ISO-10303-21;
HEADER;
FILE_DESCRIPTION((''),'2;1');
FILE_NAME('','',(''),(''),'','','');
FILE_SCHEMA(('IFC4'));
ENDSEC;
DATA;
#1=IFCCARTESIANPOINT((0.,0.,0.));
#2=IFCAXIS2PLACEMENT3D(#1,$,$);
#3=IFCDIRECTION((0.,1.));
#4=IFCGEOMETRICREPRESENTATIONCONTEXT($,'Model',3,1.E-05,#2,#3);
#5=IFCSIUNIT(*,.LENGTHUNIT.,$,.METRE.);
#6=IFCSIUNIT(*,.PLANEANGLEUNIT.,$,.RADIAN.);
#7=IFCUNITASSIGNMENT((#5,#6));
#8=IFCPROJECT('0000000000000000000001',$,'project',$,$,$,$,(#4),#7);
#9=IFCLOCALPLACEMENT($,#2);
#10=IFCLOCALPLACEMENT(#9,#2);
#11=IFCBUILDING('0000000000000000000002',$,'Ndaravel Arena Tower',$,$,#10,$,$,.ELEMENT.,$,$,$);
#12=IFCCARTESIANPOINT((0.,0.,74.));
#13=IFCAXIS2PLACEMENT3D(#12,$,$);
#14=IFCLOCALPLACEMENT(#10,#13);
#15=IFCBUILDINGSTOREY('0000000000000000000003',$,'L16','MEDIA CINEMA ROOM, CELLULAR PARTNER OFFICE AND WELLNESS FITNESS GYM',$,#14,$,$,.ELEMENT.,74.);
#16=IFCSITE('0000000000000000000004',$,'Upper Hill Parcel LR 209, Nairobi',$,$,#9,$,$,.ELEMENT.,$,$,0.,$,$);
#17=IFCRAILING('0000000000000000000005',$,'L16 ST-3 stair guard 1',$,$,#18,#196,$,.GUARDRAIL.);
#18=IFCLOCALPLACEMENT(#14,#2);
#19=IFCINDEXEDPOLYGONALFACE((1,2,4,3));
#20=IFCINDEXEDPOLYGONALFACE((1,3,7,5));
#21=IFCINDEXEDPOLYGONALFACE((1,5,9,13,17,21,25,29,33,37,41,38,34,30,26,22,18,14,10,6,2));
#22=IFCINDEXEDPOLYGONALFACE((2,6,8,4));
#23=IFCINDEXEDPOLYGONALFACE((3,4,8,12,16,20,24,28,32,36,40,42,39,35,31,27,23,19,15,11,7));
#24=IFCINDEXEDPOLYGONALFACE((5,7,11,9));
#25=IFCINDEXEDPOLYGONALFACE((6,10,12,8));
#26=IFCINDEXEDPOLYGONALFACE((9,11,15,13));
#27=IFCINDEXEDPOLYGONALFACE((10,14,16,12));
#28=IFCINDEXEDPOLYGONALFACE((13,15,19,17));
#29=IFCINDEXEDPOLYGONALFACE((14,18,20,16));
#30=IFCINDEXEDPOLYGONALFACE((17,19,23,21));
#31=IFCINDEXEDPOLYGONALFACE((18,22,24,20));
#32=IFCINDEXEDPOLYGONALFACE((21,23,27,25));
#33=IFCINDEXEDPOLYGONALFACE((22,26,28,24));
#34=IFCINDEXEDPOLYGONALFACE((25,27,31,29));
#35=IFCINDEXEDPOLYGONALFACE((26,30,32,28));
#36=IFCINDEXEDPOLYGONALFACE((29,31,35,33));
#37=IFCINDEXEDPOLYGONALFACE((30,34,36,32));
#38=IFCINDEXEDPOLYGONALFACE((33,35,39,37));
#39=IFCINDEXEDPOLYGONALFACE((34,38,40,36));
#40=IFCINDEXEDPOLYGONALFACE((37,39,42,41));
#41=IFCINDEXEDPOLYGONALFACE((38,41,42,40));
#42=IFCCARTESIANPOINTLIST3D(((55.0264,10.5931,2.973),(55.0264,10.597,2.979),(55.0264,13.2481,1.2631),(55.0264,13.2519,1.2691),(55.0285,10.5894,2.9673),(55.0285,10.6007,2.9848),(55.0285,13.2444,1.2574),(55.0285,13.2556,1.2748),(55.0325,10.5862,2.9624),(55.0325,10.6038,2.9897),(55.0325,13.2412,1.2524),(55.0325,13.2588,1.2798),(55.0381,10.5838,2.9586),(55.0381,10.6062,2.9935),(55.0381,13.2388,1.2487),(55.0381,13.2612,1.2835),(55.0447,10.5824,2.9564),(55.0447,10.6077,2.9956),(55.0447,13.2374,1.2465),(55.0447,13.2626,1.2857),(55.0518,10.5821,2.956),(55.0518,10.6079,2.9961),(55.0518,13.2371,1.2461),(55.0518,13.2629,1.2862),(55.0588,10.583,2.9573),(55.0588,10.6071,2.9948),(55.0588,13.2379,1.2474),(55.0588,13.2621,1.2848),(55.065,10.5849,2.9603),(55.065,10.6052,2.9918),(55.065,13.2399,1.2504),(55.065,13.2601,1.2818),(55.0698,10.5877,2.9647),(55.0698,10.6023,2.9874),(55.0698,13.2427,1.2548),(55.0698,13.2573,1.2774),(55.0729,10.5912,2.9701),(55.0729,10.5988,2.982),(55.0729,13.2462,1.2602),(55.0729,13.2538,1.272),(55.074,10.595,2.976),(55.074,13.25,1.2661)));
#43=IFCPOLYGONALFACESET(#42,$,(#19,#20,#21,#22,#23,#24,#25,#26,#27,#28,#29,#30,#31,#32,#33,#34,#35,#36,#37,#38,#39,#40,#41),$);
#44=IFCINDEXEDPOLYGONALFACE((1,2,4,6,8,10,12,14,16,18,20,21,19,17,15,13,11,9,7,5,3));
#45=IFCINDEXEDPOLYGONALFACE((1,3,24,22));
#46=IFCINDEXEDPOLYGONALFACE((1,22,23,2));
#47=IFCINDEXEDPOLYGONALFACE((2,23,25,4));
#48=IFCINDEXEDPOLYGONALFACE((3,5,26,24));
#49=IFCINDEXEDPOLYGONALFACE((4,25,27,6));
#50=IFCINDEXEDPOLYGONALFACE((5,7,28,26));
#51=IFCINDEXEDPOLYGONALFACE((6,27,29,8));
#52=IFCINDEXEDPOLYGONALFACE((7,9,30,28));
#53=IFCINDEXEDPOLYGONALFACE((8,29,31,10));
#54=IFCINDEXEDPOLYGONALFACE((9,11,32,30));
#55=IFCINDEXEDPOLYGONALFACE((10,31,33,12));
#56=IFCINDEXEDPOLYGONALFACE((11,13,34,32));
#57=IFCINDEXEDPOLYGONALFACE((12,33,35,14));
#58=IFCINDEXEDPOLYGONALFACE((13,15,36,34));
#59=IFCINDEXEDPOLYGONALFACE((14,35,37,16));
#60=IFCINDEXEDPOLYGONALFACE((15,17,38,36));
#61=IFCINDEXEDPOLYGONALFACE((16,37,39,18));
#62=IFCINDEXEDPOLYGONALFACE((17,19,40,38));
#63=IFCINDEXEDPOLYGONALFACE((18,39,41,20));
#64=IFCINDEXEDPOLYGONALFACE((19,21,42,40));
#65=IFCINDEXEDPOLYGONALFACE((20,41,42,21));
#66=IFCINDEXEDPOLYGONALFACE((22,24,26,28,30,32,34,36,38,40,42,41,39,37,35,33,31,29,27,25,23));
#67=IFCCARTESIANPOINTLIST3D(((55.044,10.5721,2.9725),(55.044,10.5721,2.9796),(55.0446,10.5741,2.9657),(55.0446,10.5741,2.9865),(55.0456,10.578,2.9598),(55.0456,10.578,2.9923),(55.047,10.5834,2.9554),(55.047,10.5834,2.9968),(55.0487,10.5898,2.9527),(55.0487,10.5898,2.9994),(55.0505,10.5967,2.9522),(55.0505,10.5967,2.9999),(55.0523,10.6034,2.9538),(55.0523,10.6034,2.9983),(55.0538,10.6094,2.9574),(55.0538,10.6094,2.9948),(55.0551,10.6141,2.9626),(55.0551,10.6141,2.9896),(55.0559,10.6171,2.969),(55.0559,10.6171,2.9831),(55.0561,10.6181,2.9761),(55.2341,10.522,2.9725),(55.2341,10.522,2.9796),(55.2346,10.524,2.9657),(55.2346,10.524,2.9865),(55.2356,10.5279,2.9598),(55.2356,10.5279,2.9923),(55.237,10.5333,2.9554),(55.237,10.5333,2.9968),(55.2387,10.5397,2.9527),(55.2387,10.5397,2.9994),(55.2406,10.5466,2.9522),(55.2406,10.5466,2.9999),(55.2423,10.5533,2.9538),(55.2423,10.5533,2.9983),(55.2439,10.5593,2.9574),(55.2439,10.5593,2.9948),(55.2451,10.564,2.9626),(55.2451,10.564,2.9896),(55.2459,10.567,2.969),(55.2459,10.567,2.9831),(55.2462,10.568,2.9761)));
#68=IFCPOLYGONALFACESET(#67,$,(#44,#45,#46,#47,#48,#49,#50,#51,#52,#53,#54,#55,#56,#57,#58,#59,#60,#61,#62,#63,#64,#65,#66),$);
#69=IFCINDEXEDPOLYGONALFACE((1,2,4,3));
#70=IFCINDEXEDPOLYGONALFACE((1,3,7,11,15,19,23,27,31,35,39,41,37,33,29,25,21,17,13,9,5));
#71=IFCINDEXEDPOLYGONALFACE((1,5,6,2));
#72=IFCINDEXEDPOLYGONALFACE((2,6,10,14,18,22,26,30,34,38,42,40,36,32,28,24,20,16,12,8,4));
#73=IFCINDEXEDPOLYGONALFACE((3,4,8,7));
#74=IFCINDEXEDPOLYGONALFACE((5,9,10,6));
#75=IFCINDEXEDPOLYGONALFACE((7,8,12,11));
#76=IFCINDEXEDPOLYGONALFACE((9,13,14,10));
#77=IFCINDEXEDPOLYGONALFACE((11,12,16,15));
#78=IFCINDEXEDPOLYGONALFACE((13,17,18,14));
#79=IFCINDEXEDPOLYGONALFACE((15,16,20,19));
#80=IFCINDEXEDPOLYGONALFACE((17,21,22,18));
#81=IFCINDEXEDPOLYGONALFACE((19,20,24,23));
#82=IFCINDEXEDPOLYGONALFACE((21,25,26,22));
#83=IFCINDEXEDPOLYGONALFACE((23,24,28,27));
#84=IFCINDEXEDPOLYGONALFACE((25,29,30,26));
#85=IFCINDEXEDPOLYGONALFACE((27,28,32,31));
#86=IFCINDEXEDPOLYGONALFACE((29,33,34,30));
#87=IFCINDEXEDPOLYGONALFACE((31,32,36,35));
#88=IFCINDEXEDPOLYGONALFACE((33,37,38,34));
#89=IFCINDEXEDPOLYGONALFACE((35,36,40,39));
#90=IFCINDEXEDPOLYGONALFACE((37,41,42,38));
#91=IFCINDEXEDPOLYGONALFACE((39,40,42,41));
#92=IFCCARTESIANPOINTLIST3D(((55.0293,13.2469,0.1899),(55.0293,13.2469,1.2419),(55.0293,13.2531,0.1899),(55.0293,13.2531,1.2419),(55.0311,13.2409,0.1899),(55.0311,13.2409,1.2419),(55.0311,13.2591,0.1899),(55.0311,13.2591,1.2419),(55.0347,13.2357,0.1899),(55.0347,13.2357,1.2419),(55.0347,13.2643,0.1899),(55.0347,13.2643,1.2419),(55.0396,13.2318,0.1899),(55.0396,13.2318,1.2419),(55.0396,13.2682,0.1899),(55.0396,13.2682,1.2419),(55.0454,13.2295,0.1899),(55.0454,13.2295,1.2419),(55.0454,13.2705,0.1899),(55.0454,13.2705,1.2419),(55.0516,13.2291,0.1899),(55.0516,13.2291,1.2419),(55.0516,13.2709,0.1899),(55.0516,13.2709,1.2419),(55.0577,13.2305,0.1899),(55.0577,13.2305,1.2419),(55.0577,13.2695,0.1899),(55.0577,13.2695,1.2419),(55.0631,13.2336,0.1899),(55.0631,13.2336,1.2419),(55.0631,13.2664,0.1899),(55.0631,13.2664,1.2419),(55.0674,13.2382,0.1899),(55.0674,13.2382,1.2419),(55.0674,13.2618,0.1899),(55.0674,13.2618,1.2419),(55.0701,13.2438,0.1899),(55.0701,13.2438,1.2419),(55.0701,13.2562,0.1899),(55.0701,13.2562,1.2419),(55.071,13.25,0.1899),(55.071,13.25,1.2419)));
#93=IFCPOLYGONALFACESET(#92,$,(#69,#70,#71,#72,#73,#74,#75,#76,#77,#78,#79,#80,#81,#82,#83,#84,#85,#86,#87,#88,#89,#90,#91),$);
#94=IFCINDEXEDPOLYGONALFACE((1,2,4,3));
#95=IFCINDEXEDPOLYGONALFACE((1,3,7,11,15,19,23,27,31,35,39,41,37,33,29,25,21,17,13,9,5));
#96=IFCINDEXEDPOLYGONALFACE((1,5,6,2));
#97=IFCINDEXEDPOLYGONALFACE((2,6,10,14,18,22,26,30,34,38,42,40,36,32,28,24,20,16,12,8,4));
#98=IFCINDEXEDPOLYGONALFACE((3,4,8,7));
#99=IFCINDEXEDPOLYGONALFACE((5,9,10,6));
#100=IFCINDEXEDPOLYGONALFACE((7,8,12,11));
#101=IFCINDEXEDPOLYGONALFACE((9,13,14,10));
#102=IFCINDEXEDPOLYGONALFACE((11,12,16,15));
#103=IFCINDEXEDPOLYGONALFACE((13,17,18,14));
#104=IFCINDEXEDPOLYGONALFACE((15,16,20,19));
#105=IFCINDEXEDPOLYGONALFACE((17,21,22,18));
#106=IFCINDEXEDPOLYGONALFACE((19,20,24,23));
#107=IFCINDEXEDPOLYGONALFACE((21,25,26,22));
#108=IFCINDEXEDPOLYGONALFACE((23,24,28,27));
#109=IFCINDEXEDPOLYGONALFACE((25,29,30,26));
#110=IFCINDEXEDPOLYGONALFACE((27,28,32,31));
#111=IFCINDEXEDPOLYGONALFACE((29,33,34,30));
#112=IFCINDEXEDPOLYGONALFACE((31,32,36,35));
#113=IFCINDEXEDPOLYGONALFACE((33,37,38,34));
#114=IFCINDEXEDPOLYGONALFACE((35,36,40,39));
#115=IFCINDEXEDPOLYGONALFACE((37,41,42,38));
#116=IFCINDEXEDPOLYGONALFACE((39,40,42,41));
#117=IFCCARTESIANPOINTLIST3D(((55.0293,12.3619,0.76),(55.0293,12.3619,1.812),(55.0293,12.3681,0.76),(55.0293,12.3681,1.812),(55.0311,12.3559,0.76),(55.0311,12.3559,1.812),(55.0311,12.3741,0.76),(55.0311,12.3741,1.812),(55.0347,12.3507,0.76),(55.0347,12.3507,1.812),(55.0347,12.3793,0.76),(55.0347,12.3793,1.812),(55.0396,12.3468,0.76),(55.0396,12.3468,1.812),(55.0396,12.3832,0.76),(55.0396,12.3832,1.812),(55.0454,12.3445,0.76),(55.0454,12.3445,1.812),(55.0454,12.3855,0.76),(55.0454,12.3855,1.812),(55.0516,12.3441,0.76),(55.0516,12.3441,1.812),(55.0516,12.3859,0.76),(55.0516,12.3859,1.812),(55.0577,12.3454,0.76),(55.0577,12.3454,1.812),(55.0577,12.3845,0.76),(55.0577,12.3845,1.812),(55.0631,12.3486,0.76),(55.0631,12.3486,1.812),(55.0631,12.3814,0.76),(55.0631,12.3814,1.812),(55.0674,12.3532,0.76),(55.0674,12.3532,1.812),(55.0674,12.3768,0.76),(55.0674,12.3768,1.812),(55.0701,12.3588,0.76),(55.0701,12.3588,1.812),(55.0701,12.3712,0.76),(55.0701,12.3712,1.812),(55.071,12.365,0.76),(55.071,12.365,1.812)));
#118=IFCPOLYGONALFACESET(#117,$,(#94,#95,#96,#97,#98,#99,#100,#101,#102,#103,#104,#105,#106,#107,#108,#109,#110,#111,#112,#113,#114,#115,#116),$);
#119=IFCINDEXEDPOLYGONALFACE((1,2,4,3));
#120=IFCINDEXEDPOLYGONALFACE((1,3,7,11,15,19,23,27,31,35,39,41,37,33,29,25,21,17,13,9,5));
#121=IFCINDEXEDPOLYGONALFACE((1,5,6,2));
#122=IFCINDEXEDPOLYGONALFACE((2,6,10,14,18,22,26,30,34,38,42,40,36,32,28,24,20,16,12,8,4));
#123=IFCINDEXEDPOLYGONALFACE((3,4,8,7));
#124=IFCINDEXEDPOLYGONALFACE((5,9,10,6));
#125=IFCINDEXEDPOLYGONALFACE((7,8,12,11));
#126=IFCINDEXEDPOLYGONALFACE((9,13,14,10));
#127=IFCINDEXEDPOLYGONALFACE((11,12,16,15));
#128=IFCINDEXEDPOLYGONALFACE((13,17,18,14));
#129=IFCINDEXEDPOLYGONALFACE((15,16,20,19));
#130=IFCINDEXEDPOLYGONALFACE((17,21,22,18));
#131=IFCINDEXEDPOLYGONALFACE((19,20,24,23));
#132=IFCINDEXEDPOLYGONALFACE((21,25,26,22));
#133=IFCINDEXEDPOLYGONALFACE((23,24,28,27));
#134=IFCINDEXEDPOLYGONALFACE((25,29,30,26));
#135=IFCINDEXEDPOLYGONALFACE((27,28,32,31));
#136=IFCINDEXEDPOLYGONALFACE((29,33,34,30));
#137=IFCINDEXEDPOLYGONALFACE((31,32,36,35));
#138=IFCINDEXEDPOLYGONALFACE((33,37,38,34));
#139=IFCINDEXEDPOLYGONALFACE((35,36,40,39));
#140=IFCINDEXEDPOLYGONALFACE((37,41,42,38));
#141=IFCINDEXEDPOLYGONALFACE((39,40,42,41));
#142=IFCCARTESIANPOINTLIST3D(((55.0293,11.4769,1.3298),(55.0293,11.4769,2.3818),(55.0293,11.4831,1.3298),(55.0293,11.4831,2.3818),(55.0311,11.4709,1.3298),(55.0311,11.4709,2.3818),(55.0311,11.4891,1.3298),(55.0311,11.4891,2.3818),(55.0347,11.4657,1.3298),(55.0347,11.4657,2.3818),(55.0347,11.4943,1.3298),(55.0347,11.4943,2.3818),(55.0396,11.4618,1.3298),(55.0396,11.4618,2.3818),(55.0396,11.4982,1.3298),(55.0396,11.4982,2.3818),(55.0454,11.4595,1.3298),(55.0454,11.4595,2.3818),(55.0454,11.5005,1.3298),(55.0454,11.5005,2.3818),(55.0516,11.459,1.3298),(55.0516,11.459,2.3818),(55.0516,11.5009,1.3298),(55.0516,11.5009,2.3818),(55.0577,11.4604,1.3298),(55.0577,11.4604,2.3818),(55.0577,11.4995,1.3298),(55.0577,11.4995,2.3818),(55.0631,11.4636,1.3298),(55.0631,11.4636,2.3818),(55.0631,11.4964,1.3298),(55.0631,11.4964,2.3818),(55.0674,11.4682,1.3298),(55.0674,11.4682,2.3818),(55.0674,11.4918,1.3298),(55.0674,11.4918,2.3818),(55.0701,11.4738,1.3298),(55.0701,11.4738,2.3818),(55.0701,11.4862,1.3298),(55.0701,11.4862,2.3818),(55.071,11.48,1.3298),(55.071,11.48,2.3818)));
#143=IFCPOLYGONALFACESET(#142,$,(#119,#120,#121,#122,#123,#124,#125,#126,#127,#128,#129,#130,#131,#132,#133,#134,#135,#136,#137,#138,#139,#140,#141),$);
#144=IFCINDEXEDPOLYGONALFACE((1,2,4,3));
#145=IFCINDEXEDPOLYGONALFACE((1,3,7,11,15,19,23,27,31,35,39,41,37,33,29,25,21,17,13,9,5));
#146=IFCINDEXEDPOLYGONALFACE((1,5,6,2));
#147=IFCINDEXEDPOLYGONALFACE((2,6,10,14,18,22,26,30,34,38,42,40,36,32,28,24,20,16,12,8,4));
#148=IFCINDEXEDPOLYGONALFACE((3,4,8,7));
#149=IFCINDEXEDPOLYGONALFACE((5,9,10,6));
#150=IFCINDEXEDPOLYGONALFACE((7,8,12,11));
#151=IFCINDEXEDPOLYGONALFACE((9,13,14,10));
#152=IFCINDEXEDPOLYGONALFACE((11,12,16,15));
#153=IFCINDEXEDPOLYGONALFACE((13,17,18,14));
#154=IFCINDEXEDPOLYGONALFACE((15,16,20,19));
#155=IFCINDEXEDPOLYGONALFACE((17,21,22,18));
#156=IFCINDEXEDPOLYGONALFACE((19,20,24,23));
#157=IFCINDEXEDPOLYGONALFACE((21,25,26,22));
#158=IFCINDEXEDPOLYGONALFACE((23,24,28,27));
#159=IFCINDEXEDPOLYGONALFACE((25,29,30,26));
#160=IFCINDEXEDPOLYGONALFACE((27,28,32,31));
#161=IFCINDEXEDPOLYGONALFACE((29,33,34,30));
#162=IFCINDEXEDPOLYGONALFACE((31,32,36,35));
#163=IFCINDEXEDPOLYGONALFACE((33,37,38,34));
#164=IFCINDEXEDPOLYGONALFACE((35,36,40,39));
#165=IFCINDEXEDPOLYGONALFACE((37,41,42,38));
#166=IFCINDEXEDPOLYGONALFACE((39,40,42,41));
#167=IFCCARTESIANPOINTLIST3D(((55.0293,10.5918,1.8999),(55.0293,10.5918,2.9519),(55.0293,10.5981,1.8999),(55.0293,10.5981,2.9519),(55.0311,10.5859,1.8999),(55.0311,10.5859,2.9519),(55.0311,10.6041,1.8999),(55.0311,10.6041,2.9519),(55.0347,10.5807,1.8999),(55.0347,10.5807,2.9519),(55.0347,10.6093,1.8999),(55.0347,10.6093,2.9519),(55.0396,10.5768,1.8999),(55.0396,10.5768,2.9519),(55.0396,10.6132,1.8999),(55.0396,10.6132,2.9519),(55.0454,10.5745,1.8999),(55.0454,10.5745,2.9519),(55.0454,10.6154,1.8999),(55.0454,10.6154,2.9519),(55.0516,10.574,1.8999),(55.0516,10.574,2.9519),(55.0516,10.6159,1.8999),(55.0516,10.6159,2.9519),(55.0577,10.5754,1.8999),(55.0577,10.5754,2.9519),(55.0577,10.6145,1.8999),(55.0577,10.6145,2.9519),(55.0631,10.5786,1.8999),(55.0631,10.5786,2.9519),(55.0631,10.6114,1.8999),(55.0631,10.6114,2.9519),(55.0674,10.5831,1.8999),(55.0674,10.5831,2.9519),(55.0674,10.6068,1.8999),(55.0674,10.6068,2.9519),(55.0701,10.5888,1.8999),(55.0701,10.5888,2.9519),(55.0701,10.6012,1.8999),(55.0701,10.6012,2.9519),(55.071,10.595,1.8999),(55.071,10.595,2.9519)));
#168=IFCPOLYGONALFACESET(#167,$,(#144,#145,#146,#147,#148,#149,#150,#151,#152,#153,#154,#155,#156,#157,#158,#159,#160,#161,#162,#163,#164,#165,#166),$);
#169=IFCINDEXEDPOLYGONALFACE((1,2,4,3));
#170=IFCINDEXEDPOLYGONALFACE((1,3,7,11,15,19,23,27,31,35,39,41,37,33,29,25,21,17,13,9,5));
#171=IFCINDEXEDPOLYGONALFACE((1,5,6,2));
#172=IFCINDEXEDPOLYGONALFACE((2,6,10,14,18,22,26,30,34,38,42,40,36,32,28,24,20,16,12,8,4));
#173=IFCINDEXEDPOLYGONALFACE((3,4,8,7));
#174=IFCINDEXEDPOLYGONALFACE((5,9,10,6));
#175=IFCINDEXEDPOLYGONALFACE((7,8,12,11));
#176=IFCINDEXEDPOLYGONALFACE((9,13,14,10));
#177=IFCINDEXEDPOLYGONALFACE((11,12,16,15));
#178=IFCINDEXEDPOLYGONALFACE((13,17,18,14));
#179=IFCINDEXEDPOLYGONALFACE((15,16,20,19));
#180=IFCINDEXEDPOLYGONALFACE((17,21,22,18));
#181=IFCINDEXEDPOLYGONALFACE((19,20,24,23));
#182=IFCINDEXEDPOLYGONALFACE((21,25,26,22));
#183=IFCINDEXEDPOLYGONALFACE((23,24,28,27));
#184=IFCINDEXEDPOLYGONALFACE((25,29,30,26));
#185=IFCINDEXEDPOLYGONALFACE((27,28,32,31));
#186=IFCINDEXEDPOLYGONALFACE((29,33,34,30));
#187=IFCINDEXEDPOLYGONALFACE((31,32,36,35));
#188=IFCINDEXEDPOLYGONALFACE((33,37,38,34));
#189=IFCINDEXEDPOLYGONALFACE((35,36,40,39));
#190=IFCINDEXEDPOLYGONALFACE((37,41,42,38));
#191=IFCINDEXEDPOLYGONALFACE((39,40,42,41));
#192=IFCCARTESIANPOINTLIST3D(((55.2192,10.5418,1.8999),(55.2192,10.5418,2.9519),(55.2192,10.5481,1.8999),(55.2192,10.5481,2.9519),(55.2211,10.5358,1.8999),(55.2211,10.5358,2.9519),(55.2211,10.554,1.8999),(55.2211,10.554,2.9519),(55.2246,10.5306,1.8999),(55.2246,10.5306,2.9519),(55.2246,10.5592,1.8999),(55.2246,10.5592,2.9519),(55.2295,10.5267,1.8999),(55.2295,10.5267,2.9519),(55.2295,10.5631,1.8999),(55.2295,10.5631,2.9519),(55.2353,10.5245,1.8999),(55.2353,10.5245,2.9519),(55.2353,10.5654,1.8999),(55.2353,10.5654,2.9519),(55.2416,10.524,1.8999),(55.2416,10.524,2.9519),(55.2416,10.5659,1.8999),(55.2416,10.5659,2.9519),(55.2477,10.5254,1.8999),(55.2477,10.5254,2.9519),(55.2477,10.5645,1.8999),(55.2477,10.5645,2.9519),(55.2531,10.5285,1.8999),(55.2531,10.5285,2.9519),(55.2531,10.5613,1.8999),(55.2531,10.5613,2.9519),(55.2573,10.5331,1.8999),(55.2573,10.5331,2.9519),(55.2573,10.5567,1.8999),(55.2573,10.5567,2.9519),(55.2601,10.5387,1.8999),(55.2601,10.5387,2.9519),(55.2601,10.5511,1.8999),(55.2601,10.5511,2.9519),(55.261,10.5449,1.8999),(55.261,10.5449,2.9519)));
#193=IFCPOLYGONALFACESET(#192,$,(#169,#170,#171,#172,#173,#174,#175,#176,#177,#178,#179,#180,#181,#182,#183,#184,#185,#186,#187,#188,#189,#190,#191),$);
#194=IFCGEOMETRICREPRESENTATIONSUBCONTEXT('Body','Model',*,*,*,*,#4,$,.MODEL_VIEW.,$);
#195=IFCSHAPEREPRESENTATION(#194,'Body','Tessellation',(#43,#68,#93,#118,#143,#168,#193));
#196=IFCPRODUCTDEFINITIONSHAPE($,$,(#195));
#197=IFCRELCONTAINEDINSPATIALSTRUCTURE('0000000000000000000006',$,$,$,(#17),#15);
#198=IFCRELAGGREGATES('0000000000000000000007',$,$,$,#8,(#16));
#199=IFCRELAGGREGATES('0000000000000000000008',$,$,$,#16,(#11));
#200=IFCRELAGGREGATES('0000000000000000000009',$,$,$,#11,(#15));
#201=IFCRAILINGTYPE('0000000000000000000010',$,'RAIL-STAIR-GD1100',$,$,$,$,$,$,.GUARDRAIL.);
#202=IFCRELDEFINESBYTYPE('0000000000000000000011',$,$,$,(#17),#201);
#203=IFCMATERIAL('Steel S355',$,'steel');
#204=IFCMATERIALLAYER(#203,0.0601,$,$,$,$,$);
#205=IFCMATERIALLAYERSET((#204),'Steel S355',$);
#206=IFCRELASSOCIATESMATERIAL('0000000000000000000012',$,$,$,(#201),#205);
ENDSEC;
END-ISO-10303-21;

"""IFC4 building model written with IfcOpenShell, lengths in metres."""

from ifc_helpers import new_model, si_unit, direction, frame, origin, origin_2d, place, context, subcontext, project, spatial, circle, extrude, material, layer, layer_set, type_object, element, save


model = new_model("IFC4")

# Units and contexts
model_context = context("Model", 3, precision=1e-05, world=origin(), true_north=direction((0.0, 1.0)))
body_context = subcontext(model_context, "Body", "Model", "MODEL_VIEW")
ifc_project = project(units=[si_unit("LENGTHUNIT", "METRE"), si_unit("PLANEANGLEUNIT", "RADIAN")], contexts=[model_context])

# Site, building, storey
site_placement = place(None, origin())
site = spatial("IfcSite", under=ifc_project, at=site_placement, Name="Upper Hill Parcel LR 209, Nairobi", CompositionType="ELEMENT", RefElevation=0.0)
building_placement = place(site_placement, origin())
building = spatial("IfcBuilding", under=site, at=building_placement, Name="Ndaravel Arena Tower", CompositionType="ELEMENT")
storey_placement = place(building_placement, frame((0.0, 0.0, 74.0)))
storey = spatial("IfcBuildingStorey", under=building, at=storey_placement, Name="L16", Description="MEDIA CINEMA ROOM, CELLULAR PARTNER OFFICE AND WELLNESS FITNESS GYM", CompositionType="ELEMENT", Elevation=74.0)

# Railing
ifc_material_1 = material(Name="Steel S355", Category="steel")
ifc_layer_1 = layer(ifc_material_1, 0.0601)
ifc_layer_set_1 = layer_set([ifc_layer_1], Name="Steel S355")
railing_type_1 = type_object("IfcRailingType", Name="RAIL-STAIR-GD1100", PredefinedType="GUARDRAIL", material=ifc_layer_set_1)
railing_1_placement = place(storey_placement, frame((55.05, 13.25, 0.1899)))
element("IfcRailing", 1, at=railing_1_placement, inside=storey, type_object=railing_type_1, Name="L16 ST-3 stair guard 1", PredefinedType="GUARDRAIL", context=body_context, shape_type="SweptSolid", body=[
    extrude(circle(Radius=0.0239, at=origin_2d()), frame((0.0, 0.0, 1.0762), z_axis=(0.0, -0.840724, 0.541465), x_axis=(1.0, 0.0, 0.0)), (0.0, 0.0, 1.0), 3.158),
    extrude(circle(Radius=0.0239, at=origin_2d()), frame((0.0, -2.655, 2.7861), z_axis=(0.966994, -0.254799, 0.0), x_axis=(0.254799, 0.966994, 0.0)), (0.0, 0.0, 1.0), 0.1965),
    extrude(circle(Radius=0.021, at=origin_2d()), origin(), (0.0, 0.0, 1.0), 1.052),
    extrude(circle(Radius=0.021, at=origin_2d()), frame((0.0, -0.885, 0.5701)), (0.0, 0.0, 1.0), 1.052),
    extrude(circle(Radius=0.021, at=origin_2d()), frame((0.0, -1.77, 1.1399)), (0.0, 0.0, 1.0), 1.052),
    extrude(circle(Radius=0.021, at=origin_2d()), frame((0.0, -2.655, 1.71)), (0.0, 0.0, 1.0), 1.052),
    extrude(circle(Radius=0.021, at=origin_2d()), frame((0.1899, -2.7051, 1.71)), (0.0, 0.0, 1.0), 1.052),
])

save(model, "model.ifc")
